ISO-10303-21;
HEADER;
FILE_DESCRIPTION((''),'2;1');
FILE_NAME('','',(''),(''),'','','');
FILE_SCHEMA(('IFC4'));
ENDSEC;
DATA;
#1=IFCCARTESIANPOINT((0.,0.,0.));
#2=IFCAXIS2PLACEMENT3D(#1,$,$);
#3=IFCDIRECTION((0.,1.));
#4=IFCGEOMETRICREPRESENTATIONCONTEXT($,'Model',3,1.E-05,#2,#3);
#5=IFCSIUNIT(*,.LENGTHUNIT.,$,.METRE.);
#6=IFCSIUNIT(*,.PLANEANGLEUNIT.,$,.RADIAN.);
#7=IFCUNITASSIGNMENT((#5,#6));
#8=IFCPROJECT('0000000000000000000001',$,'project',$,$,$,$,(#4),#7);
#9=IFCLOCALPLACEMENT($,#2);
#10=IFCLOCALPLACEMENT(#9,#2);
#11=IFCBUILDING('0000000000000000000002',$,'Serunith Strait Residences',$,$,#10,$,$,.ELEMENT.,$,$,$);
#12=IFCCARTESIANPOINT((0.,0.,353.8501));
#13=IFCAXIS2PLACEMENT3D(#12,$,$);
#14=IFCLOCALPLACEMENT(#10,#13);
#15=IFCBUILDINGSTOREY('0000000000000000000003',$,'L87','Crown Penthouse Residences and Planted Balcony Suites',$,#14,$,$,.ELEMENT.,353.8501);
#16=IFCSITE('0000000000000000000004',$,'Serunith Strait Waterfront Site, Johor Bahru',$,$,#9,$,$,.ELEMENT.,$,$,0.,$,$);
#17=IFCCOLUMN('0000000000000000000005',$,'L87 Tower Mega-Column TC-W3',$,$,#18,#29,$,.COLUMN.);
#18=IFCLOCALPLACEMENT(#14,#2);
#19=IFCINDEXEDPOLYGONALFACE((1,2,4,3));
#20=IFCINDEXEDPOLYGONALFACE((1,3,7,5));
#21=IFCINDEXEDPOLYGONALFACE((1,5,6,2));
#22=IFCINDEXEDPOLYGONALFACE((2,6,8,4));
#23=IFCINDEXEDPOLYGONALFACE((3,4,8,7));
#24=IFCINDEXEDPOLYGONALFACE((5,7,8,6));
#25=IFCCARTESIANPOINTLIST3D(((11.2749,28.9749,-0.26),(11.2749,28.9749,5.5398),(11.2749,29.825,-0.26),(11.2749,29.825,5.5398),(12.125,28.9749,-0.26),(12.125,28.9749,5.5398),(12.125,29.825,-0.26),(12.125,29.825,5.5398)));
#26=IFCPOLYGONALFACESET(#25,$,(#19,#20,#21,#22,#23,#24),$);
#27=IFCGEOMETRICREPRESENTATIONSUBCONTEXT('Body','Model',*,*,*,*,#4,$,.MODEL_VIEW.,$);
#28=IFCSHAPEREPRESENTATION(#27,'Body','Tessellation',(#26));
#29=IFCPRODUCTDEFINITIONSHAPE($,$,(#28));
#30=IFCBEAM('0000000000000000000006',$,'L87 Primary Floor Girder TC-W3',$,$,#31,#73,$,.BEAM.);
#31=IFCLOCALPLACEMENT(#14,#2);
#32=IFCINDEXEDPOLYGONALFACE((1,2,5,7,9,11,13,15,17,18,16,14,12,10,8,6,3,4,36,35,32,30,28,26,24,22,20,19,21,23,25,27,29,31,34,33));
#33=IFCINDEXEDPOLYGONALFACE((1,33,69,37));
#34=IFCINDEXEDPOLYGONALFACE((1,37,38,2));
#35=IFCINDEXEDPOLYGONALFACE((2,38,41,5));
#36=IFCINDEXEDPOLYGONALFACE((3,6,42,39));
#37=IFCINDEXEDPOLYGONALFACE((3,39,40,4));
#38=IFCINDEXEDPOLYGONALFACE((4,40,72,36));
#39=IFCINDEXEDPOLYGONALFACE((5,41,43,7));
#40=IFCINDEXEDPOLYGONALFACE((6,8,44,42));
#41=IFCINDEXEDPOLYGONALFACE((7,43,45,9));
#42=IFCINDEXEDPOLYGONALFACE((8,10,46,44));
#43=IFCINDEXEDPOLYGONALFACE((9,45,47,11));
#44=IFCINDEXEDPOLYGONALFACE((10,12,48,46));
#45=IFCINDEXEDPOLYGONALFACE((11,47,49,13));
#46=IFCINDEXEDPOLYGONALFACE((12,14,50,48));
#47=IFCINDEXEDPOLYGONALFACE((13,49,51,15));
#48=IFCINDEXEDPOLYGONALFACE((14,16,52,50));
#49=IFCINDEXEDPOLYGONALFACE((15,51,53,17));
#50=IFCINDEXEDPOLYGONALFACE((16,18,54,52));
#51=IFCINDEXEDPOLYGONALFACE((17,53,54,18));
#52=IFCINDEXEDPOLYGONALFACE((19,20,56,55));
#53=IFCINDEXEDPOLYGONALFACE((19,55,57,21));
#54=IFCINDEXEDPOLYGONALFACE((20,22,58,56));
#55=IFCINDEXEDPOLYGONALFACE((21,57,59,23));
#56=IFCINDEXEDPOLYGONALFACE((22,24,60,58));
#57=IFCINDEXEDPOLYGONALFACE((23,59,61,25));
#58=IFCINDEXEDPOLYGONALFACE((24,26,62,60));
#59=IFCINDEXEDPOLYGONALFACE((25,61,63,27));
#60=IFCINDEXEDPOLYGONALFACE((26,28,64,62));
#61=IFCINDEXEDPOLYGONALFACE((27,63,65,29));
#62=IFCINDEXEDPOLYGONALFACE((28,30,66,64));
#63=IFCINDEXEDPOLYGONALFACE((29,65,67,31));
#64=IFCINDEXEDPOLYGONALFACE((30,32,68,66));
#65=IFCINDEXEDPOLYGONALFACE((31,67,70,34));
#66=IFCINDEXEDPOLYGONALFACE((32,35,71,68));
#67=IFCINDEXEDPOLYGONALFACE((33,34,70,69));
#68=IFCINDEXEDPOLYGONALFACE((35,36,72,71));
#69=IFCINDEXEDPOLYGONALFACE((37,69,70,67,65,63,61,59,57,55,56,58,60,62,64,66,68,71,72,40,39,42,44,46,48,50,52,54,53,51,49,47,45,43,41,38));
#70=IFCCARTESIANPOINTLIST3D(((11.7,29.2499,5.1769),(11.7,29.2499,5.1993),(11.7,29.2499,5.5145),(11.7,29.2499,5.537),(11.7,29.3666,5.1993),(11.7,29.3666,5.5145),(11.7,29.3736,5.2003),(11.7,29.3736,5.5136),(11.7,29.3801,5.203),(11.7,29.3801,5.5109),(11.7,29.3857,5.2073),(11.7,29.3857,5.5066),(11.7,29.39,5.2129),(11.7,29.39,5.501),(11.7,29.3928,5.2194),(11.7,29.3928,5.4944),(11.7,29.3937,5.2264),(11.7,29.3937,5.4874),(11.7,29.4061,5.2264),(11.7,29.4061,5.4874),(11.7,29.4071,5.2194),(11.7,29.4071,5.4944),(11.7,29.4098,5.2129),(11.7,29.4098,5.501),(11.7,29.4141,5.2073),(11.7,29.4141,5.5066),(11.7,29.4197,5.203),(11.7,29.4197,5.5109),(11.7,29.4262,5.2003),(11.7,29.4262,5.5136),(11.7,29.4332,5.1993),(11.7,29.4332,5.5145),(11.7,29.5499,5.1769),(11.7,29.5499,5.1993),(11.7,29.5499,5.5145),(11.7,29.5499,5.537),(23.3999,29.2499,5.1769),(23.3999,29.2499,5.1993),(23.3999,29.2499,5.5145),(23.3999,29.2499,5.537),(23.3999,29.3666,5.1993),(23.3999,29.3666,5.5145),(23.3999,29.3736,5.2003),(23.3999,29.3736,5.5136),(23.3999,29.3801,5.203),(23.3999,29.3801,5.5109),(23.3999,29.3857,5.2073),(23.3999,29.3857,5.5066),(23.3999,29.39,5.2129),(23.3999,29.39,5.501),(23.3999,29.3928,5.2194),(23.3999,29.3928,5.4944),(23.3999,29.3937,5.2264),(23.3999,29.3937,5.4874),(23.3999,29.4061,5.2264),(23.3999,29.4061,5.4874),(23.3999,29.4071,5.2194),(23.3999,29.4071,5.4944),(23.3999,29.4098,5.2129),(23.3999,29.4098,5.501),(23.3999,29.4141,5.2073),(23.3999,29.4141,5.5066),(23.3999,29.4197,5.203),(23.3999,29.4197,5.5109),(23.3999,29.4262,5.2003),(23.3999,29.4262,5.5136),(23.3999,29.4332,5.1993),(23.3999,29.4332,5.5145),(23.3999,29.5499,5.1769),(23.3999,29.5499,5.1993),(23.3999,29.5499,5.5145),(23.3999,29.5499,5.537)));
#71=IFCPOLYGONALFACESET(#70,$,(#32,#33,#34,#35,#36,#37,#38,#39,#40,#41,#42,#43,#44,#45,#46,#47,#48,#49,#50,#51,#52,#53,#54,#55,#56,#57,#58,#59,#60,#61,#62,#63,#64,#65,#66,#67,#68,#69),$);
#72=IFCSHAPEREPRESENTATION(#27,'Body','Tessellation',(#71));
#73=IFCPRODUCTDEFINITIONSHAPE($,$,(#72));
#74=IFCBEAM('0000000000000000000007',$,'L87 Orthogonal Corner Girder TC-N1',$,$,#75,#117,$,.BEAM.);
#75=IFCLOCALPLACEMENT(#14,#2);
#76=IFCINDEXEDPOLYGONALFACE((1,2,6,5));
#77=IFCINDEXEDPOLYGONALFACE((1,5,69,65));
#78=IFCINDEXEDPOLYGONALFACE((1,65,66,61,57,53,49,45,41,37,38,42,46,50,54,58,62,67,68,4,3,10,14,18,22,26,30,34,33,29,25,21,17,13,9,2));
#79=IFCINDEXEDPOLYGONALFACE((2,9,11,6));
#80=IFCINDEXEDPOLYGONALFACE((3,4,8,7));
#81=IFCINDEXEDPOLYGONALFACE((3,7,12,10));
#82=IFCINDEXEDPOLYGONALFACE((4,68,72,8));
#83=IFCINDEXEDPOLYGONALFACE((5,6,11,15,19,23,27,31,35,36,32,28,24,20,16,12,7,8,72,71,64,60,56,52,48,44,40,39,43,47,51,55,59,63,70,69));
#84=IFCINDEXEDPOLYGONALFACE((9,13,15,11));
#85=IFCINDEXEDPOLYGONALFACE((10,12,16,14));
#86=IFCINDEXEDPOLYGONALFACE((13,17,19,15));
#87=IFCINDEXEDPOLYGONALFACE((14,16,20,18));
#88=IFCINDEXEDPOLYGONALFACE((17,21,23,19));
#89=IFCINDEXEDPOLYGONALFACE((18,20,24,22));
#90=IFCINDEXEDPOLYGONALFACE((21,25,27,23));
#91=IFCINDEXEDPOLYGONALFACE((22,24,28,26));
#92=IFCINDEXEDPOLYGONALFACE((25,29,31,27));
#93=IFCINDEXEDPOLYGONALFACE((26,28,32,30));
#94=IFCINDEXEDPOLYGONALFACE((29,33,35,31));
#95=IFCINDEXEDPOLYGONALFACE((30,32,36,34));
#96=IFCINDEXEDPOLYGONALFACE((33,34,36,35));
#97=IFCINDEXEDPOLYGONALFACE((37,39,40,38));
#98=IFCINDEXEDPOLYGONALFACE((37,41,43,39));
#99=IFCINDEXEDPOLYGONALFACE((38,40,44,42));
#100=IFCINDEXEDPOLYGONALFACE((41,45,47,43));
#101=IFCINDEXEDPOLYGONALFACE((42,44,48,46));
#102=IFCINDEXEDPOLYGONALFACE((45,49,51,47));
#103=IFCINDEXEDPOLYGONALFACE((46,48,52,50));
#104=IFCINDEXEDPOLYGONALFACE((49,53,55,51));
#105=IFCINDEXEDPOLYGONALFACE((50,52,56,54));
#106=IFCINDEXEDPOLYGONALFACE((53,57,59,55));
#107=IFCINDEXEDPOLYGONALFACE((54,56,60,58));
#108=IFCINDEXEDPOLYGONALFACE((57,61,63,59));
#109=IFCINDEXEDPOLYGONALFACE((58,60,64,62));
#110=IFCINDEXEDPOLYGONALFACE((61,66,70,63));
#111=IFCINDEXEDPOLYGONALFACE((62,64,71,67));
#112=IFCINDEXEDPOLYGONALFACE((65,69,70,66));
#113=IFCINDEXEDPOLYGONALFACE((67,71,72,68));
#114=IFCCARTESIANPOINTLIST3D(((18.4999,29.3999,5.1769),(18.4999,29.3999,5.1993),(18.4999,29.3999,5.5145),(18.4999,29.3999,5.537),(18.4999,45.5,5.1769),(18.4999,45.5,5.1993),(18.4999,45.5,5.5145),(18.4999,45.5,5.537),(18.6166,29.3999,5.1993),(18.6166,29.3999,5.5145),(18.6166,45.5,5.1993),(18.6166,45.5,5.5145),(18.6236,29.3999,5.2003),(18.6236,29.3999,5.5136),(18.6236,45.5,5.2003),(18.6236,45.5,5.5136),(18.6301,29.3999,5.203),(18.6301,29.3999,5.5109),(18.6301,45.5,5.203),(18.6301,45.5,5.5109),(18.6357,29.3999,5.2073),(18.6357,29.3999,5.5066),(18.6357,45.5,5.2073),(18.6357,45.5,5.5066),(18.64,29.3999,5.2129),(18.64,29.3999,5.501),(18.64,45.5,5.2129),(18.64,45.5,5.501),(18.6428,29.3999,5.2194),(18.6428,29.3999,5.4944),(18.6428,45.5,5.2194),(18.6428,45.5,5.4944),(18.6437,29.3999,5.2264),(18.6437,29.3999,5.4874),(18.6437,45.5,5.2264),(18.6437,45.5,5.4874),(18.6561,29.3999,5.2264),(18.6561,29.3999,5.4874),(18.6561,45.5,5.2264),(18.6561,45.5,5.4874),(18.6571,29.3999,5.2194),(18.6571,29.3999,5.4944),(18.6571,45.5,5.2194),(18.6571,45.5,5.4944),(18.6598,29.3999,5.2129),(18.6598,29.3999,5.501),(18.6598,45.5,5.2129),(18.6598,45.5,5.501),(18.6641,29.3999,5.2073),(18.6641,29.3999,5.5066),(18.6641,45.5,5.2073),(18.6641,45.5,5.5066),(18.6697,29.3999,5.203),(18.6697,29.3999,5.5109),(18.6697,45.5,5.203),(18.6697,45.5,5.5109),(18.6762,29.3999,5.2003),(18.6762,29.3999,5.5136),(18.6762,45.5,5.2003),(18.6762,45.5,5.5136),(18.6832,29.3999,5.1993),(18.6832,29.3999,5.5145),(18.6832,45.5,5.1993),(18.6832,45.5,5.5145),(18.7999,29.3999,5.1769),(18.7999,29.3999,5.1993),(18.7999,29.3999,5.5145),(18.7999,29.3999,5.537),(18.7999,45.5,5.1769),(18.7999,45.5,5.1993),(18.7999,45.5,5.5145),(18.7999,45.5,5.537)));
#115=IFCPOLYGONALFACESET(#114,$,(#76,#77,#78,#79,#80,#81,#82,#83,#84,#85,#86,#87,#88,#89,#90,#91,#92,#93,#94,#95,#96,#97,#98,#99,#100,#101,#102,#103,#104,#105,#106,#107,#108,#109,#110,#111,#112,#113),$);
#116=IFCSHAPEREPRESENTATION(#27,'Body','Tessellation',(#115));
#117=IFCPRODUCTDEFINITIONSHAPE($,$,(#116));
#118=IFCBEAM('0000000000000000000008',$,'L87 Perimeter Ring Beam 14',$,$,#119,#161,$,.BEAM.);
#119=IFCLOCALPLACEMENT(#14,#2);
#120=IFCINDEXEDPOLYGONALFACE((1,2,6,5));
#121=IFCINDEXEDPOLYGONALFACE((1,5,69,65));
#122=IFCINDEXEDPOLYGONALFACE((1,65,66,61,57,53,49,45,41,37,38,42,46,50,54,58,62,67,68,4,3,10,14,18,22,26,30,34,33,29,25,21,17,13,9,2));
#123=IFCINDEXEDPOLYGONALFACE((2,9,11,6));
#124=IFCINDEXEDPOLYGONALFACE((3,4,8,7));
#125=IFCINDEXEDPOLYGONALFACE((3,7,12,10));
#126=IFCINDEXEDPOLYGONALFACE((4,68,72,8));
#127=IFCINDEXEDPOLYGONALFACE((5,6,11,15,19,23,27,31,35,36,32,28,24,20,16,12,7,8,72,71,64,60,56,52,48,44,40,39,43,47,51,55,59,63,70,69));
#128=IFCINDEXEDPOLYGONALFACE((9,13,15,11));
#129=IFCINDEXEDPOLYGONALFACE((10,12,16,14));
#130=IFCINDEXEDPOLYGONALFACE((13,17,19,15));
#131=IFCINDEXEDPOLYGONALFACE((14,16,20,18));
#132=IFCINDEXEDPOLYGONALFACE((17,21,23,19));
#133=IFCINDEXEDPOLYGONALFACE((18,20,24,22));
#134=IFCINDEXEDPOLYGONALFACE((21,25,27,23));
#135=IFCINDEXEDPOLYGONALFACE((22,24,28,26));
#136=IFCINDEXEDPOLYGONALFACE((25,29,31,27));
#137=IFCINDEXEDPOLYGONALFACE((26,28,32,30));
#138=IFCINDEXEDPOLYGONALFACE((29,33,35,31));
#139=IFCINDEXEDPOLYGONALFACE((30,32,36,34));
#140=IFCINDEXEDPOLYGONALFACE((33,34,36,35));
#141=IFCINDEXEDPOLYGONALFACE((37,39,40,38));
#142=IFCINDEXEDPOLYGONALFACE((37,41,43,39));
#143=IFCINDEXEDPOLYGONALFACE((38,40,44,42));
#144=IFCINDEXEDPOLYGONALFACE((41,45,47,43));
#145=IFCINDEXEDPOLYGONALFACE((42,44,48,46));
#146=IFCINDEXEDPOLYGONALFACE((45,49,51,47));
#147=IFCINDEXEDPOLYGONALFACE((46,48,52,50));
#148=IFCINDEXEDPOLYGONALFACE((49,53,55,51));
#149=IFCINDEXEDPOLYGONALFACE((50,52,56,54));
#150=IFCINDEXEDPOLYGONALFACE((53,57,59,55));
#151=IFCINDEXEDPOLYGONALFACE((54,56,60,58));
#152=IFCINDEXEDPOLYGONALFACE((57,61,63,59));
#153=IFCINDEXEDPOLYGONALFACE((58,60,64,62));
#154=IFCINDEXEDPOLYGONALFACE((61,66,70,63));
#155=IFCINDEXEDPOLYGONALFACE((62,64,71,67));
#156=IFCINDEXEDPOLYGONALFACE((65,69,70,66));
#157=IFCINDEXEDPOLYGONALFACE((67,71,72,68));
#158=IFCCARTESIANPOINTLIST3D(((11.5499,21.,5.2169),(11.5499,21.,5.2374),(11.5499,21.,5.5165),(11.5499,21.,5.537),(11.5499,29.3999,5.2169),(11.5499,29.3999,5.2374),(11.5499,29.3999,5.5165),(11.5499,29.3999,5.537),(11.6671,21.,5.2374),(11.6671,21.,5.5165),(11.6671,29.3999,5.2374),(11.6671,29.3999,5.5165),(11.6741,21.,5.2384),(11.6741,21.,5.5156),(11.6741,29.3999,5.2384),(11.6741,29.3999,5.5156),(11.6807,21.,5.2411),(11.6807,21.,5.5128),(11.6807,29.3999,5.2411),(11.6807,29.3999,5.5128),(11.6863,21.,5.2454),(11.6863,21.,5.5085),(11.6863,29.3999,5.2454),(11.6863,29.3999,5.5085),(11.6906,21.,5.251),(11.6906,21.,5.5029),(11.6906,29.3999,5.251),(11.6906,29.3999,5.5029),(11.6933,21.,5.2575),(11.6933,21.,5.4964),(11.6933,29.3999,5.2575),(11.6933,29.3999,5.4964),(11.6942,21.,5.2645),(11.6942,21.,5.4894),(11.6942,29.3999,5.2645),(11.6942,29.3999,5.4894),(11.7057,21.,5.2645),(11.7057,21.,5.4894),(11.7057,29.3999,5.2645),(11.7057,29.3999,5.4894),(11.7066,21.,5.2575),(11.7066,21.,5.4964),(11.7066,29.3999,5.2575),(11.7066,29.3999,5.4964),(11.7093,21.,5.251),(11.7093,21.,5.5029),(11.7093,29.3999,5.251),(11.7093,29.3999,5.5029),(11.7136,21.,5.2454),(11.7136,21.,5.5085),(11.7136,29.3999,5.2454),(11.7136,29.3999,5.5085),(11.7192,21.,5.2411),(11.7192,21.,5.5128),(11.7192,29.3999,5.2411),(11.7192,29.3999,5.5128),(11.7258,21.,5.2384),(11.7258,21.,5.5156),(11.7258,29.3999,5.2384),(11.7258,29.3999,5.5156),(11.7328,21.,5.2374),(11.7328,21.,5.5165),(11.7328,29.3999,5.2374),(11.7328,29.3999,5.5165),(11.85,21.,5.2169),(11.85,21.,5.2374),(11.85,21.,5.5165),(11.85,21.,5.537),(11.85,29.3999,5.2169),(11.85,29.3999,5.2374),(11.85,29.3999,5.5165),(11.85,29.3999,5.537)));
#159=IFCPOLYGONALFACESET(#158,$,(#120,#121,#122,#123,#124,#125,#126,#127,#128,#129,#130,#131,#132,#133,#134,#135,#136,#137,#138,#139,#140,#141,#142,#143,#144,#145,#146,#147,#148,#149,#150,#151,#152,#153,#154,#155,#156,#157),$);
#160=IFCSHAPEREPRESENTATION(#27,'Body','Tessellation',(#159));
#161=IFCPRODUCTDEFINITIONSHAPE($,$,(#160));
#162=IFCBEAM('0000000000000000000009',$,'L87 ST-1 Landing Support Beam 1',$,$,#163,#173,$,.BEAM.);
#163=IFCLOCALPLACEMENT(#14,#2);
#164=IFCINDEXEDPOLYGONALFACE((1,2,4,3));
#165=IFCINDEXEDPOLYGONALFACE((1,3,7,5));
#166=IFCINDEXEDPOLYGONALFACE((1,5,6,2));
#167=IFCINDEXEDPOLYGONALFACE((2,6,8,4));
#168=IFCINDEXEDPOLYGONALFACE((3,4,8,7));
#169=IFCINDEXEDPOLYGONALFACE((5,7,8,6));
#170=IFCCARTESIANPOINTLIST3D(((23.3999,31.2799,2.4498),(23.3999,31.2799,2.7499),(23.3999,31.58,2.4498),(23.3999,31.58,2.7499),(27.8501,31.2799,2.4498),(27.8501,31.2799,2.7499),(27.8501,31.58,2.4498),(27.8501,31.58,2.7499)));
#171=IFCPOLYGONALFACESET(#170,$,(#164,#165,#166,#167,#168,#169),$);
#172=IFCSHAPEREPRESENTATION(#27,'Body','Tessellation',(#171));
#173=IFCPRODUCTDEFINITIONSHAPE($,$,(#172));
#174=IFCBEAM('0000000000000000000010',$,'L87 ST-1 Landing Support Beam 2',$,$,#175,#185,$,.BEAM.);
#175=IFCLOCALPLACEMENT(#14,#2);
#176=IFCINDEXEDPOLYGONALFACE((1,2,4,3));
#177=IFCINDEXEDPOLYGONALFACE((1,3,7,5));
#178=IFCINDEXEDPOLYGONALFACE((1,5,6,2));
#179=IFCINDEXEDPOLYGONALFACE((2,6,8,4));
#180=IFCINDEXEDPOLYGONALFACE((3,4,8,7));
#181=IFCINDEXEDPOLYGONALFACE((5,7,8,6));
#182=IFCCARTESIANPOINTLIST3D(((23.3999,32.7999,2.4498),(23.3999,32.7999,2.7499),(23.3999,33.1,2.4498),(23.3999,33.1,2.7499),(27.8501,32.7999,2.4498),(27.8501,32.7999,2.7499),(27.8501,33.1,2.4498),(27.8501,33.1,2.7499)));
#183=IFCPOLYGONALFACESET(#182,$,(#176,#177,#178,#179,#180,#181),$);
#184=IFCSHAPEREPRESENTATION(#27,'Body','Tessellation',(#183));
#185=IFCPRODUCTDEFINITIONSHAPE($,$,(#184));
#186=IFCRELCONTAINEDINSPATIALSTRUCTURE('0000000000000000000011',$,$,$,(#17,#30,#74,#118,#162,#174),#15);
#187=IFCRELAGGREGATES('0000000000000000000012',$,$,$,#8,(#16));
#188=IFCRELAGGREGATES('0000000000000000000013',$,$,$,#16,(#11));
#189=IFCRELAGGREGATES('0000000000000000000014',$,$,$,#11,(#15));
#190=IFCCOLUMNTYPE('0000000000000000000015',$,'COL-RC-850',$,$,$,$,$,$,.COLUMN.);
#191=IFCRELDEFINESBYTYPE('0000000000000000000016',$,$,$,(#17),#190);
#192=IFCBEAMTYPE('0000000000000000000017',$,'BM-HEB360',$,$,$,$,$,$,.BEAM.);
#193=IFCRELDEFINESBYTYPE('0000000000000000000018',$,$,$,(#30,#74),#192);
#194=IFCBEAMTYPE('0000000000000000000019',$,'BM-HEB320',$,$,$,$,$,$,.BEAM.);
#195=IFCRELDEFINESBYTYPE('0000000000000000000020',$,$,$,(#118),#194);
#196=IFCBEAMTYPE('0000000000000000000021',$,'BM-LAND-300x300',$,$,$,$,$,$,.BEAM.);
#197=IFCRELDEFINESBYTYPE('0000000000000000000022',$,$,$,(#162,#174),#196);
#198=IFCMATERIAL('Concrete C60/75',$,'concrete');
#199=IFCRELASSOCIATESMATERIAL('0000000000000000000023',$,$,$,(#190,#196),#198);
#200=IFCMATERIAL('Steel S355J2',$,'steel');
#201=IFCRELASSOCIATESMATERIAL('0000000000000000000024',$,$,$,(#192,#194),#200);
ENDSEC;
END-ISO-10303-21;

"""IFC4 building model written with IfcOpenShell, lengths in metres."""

from ifc_helpers import new_model, si_unit, direction, frame, origin, origin_2d, place, context, subcontext, project, spatial, rectangle, i_section, extrude, source, transform, mapped, material, material_profile, profile_set, type_object, element, save


model = new_model("IFC4")

# Units and contexts
model_context = context("Model", 3, precision=1e-05, world=origin(), true_north=direction((0.0, 1.0)))
body_context = subcontext(model_context, "Body", "Model", "MODEL_VIEW")
ifc_project = project(units=[si_unit("LENGTHUNIT", "METRE"), si_unit("PLANEANGLEUNIT", "RADIAN")], contexts=[model_context])

# Site, building, storey
site_placement = place(None, origin())
site = spatial("IfcSite", under=ifc_project, at=site_placement, Name="Serunith Strait Waterfront Site, Johor Bahru", CompositionType="ELEMENT", RefElevation=0.0)
building_placement = place(site_placement, origin())
building = spatial("IfcBuilding", under=site, at=building_placement, Name="Serunith Strait Residences", CompositionType="ELEMENT")
storey_placement = place(building_placement, frame((0.0, 0.0, 353.8501)))
storey = spatial("IfcBuildingStorey", under=building, at=storey_placement, Name="L87", Description="Crown Penthouse Residences and Planted Balcony Suites", CompositionType="ELEMENT", Elevation=353.8501)

# Column
ifc_material_1 = material(Name="Concrete C60/75", Category="concrete")
ifc_material_profile_1 = material_profile(ifc_material_1, rectangle(XDim=0.8501, YDim=0.8501, at=origin_2d()), Name="RC 850x850")
ifc_profile_set_1 = profile_set([ifc_material_profile_1], Name="Concrete C60/75")
column_type = type_object("IfcColumnType", Name="COL-RC-850", PredefinedType="COLUMN", material=ifc_profile_set_1)
shared_shape_1 = source(origin(), body_context, "Body", "SweptSolid", [
    extrude(rectangle(XDim=0.8501, YDim=0.8501, at=origin_2d()), origin(), (0.0, 0.0, 1.0), 5.7998),
])
column_placement = place(storey_placement, frame((11.7, 29.3999, -0.26), z_axis=(0.0, 0.0, 1.0), x_axis=(1.0, 0.0, 0.0)))
element("IfcColumn", 1, at=column_placement, inside=storey, type_object=column_type, Name="L87 Tower Mega-Column TC-W3", PredefinedType="COLUMN", context=body_context, shape_type="MappedRepresentation", body=[
    mapped(shared_shape_1, transform((0.0, 0.0, 0.0), scale=1.0)),
])

# Beams
ifc_material_2 = material(Name="Steel S355J2", Category="steel")
ifc_material_profile_2 = material_profile(ifc_material_2, i_section(OverallWidth=0.3, OverallDepth=0.3601, WebThickness=0.0125, FlangeThickness=0.0225, FilletRadius=0.0271, at=origin_2d()), Name="HEB 360")
ifc_profile_set_2 = profile_set([ifc_material_profile_2], Name="Steel S355J2")
beam_type_1 = type_object("IfcBeamType", Name="BM-HEB360", PredefinedType="BEAM", material=ifc_profile_set_2)
shared_shape_2 = source(origin(), body_context, "Body", "SweptSolid", [
    extrude(i_section(OverallWidth=0.3, OverallDepth=0.3601, WebThickness=0.0125, FlangeThickness=0.0225, FilletRadius=0.0271, at=origin_2d()), origin(), (0.0, 0.0, 1.0), 11.7),
])
beam_1_placement = place(storey_placement, frame((23.3999, 29.3999, 5.3569), z_axis=(-1.0, 0.0, 0.0), x_axis=(0.0, -1.0, 0.0)))
element("IfcBeam", 2, at=beam_1_placement, inside=storey, type_object=beam_type_1, Name="L87 Primary Floor Girder TC-W3", PredefinedType="BEAM", context=body_context, shape_type="MappedRepresentation", body=[
    mapped(shared_shape_2, transform((0.0, 0.0, 0.0), scale=1.0)),
])
shared_shape_3 = source(origin(), body_context, "Body", "SweptSolid", [
    extrude(i_section(OverallWidth=0.3, OverallDepth=0.3601, WebThickness=0.0125, FlangeThickness=0.0225, FilletRadius=0.0271, at=origin_2d()), origin(), (0.0, 0.0, 1.0), 16.1001),
])
beam_2_placement = place(storey_placement, frame((18.6499, 29.3999, 5.3569), z_axis=(0.0, 1.0, 0.0), x_axis=(-1.0, 0.0, 0.0)))
element("IfcBeam", 3, at=beam_2_placement, inside=storey, type_object=beam_type_1, Name="L87 Orthogonal Corner Girder TC-N1", PredefinedType="BEAM", context=body_context, shape_type="MappedRepresentation", body=[
    mapped(shared_shape_3, transform((0.0, 0.0, 0.0), scale=1.0)),
])
ifc_material_profile_3 = material_profile(ifc_material_2, i_section(OverallWidth=0.3, OverallDepth=0.3201, WebThickness=0.0115, FlangeThickness=0.0205, FilletRadius=0.0271, at=origin_2d()), Name="HEB 320")
ifc_profile_set_3 = profile_set([ifc_material_profile_3], Name="Steel S355J2")
beam_type_2 = type_object("IfcBeamType", Name="BM-HEB320", PredefinedType="BEAM", material=ifc_profile_set_3)
shared_shape_4 = source(origin(), body_context, "Body", "SweptSolid", [
    extrude(i_section(OverallWidth=0.3, OverallDepth=0.3201, WebThickness=0.0115, FlangeThickness=0.0205, FilletRadius=0.0271, at=origin_2d()), origin(), (0.0, 0.0, 1.0), 8.3999),
])
beam_3_placement = place(storey_placement, frame((11.7, 29.3999, 5.377), z_axis=(0.0, -1.0, 0.0), x_axis=(1.0, 0.0, 0.0)))
element("IfcBeam", 4, at=beam_3_placement, inside=storey, type_object=beam_type_2, Name="L87 Perimeter Ring Beam 14", PredefinedType="BEAM", context=body_context, shape_type="MappedRepresentation", body=[
    mapped(shared_shape_4, transform((0.0, 0.0, 0.0), scale=1.0)),
])
ifc_material_profile_4 = material_profile(ifc_material_1, rectangle(XDim=0.3, YDim=0.3, at=origin_2d()), Name="RC 300x300")
ifc_profile_set_4 = profile_set([ifc_material_profile_4], Name="Concrete C60/75")
beam_type_3 = type_object("IfcBeamType", Name="BM-LAND-300x300", PredefinedType="BEAM", material=ifc_profile_set_4)
shared_shape_5 = source(origin(), body_context, "Body", "SweptSolid", [
    extrude(rectangle(XDim=0.3, YDim=0.3, at=origin_2d()), origin(), (0.0, 0.0, 1.0), 4.4502),
])
for number, where, z_axis, x_axis, name in (
    (5, (23.3999, 31.4299, 2.5999), (1.0, 0.0, 0.0), (0.0, 1.0, 0.0), "L87 ST-1 Landing Support Beam 1"),
    (6, (23.3999, 32.95, 2.5999), (1.0, 0.0, 0.0), (0.0, 1.0, 0.0), "L87 ST-1 Landing Support Beam 2"),
):
    element("IfcBeam", number, at=place(storey_placement, frame(where, z_axis=z_axis, x_axis=x_axis)), inside=storey, type_object=beam_type_3, Name=name, PredefinedType="BEAM", context=body_context, shape_type="MappedRepresentation", body=[
        mapped(shared_shape_5, transform((0.0, 0.0, 0.0), scale=1.0)),
    ])

save(model, "model.ifc")
